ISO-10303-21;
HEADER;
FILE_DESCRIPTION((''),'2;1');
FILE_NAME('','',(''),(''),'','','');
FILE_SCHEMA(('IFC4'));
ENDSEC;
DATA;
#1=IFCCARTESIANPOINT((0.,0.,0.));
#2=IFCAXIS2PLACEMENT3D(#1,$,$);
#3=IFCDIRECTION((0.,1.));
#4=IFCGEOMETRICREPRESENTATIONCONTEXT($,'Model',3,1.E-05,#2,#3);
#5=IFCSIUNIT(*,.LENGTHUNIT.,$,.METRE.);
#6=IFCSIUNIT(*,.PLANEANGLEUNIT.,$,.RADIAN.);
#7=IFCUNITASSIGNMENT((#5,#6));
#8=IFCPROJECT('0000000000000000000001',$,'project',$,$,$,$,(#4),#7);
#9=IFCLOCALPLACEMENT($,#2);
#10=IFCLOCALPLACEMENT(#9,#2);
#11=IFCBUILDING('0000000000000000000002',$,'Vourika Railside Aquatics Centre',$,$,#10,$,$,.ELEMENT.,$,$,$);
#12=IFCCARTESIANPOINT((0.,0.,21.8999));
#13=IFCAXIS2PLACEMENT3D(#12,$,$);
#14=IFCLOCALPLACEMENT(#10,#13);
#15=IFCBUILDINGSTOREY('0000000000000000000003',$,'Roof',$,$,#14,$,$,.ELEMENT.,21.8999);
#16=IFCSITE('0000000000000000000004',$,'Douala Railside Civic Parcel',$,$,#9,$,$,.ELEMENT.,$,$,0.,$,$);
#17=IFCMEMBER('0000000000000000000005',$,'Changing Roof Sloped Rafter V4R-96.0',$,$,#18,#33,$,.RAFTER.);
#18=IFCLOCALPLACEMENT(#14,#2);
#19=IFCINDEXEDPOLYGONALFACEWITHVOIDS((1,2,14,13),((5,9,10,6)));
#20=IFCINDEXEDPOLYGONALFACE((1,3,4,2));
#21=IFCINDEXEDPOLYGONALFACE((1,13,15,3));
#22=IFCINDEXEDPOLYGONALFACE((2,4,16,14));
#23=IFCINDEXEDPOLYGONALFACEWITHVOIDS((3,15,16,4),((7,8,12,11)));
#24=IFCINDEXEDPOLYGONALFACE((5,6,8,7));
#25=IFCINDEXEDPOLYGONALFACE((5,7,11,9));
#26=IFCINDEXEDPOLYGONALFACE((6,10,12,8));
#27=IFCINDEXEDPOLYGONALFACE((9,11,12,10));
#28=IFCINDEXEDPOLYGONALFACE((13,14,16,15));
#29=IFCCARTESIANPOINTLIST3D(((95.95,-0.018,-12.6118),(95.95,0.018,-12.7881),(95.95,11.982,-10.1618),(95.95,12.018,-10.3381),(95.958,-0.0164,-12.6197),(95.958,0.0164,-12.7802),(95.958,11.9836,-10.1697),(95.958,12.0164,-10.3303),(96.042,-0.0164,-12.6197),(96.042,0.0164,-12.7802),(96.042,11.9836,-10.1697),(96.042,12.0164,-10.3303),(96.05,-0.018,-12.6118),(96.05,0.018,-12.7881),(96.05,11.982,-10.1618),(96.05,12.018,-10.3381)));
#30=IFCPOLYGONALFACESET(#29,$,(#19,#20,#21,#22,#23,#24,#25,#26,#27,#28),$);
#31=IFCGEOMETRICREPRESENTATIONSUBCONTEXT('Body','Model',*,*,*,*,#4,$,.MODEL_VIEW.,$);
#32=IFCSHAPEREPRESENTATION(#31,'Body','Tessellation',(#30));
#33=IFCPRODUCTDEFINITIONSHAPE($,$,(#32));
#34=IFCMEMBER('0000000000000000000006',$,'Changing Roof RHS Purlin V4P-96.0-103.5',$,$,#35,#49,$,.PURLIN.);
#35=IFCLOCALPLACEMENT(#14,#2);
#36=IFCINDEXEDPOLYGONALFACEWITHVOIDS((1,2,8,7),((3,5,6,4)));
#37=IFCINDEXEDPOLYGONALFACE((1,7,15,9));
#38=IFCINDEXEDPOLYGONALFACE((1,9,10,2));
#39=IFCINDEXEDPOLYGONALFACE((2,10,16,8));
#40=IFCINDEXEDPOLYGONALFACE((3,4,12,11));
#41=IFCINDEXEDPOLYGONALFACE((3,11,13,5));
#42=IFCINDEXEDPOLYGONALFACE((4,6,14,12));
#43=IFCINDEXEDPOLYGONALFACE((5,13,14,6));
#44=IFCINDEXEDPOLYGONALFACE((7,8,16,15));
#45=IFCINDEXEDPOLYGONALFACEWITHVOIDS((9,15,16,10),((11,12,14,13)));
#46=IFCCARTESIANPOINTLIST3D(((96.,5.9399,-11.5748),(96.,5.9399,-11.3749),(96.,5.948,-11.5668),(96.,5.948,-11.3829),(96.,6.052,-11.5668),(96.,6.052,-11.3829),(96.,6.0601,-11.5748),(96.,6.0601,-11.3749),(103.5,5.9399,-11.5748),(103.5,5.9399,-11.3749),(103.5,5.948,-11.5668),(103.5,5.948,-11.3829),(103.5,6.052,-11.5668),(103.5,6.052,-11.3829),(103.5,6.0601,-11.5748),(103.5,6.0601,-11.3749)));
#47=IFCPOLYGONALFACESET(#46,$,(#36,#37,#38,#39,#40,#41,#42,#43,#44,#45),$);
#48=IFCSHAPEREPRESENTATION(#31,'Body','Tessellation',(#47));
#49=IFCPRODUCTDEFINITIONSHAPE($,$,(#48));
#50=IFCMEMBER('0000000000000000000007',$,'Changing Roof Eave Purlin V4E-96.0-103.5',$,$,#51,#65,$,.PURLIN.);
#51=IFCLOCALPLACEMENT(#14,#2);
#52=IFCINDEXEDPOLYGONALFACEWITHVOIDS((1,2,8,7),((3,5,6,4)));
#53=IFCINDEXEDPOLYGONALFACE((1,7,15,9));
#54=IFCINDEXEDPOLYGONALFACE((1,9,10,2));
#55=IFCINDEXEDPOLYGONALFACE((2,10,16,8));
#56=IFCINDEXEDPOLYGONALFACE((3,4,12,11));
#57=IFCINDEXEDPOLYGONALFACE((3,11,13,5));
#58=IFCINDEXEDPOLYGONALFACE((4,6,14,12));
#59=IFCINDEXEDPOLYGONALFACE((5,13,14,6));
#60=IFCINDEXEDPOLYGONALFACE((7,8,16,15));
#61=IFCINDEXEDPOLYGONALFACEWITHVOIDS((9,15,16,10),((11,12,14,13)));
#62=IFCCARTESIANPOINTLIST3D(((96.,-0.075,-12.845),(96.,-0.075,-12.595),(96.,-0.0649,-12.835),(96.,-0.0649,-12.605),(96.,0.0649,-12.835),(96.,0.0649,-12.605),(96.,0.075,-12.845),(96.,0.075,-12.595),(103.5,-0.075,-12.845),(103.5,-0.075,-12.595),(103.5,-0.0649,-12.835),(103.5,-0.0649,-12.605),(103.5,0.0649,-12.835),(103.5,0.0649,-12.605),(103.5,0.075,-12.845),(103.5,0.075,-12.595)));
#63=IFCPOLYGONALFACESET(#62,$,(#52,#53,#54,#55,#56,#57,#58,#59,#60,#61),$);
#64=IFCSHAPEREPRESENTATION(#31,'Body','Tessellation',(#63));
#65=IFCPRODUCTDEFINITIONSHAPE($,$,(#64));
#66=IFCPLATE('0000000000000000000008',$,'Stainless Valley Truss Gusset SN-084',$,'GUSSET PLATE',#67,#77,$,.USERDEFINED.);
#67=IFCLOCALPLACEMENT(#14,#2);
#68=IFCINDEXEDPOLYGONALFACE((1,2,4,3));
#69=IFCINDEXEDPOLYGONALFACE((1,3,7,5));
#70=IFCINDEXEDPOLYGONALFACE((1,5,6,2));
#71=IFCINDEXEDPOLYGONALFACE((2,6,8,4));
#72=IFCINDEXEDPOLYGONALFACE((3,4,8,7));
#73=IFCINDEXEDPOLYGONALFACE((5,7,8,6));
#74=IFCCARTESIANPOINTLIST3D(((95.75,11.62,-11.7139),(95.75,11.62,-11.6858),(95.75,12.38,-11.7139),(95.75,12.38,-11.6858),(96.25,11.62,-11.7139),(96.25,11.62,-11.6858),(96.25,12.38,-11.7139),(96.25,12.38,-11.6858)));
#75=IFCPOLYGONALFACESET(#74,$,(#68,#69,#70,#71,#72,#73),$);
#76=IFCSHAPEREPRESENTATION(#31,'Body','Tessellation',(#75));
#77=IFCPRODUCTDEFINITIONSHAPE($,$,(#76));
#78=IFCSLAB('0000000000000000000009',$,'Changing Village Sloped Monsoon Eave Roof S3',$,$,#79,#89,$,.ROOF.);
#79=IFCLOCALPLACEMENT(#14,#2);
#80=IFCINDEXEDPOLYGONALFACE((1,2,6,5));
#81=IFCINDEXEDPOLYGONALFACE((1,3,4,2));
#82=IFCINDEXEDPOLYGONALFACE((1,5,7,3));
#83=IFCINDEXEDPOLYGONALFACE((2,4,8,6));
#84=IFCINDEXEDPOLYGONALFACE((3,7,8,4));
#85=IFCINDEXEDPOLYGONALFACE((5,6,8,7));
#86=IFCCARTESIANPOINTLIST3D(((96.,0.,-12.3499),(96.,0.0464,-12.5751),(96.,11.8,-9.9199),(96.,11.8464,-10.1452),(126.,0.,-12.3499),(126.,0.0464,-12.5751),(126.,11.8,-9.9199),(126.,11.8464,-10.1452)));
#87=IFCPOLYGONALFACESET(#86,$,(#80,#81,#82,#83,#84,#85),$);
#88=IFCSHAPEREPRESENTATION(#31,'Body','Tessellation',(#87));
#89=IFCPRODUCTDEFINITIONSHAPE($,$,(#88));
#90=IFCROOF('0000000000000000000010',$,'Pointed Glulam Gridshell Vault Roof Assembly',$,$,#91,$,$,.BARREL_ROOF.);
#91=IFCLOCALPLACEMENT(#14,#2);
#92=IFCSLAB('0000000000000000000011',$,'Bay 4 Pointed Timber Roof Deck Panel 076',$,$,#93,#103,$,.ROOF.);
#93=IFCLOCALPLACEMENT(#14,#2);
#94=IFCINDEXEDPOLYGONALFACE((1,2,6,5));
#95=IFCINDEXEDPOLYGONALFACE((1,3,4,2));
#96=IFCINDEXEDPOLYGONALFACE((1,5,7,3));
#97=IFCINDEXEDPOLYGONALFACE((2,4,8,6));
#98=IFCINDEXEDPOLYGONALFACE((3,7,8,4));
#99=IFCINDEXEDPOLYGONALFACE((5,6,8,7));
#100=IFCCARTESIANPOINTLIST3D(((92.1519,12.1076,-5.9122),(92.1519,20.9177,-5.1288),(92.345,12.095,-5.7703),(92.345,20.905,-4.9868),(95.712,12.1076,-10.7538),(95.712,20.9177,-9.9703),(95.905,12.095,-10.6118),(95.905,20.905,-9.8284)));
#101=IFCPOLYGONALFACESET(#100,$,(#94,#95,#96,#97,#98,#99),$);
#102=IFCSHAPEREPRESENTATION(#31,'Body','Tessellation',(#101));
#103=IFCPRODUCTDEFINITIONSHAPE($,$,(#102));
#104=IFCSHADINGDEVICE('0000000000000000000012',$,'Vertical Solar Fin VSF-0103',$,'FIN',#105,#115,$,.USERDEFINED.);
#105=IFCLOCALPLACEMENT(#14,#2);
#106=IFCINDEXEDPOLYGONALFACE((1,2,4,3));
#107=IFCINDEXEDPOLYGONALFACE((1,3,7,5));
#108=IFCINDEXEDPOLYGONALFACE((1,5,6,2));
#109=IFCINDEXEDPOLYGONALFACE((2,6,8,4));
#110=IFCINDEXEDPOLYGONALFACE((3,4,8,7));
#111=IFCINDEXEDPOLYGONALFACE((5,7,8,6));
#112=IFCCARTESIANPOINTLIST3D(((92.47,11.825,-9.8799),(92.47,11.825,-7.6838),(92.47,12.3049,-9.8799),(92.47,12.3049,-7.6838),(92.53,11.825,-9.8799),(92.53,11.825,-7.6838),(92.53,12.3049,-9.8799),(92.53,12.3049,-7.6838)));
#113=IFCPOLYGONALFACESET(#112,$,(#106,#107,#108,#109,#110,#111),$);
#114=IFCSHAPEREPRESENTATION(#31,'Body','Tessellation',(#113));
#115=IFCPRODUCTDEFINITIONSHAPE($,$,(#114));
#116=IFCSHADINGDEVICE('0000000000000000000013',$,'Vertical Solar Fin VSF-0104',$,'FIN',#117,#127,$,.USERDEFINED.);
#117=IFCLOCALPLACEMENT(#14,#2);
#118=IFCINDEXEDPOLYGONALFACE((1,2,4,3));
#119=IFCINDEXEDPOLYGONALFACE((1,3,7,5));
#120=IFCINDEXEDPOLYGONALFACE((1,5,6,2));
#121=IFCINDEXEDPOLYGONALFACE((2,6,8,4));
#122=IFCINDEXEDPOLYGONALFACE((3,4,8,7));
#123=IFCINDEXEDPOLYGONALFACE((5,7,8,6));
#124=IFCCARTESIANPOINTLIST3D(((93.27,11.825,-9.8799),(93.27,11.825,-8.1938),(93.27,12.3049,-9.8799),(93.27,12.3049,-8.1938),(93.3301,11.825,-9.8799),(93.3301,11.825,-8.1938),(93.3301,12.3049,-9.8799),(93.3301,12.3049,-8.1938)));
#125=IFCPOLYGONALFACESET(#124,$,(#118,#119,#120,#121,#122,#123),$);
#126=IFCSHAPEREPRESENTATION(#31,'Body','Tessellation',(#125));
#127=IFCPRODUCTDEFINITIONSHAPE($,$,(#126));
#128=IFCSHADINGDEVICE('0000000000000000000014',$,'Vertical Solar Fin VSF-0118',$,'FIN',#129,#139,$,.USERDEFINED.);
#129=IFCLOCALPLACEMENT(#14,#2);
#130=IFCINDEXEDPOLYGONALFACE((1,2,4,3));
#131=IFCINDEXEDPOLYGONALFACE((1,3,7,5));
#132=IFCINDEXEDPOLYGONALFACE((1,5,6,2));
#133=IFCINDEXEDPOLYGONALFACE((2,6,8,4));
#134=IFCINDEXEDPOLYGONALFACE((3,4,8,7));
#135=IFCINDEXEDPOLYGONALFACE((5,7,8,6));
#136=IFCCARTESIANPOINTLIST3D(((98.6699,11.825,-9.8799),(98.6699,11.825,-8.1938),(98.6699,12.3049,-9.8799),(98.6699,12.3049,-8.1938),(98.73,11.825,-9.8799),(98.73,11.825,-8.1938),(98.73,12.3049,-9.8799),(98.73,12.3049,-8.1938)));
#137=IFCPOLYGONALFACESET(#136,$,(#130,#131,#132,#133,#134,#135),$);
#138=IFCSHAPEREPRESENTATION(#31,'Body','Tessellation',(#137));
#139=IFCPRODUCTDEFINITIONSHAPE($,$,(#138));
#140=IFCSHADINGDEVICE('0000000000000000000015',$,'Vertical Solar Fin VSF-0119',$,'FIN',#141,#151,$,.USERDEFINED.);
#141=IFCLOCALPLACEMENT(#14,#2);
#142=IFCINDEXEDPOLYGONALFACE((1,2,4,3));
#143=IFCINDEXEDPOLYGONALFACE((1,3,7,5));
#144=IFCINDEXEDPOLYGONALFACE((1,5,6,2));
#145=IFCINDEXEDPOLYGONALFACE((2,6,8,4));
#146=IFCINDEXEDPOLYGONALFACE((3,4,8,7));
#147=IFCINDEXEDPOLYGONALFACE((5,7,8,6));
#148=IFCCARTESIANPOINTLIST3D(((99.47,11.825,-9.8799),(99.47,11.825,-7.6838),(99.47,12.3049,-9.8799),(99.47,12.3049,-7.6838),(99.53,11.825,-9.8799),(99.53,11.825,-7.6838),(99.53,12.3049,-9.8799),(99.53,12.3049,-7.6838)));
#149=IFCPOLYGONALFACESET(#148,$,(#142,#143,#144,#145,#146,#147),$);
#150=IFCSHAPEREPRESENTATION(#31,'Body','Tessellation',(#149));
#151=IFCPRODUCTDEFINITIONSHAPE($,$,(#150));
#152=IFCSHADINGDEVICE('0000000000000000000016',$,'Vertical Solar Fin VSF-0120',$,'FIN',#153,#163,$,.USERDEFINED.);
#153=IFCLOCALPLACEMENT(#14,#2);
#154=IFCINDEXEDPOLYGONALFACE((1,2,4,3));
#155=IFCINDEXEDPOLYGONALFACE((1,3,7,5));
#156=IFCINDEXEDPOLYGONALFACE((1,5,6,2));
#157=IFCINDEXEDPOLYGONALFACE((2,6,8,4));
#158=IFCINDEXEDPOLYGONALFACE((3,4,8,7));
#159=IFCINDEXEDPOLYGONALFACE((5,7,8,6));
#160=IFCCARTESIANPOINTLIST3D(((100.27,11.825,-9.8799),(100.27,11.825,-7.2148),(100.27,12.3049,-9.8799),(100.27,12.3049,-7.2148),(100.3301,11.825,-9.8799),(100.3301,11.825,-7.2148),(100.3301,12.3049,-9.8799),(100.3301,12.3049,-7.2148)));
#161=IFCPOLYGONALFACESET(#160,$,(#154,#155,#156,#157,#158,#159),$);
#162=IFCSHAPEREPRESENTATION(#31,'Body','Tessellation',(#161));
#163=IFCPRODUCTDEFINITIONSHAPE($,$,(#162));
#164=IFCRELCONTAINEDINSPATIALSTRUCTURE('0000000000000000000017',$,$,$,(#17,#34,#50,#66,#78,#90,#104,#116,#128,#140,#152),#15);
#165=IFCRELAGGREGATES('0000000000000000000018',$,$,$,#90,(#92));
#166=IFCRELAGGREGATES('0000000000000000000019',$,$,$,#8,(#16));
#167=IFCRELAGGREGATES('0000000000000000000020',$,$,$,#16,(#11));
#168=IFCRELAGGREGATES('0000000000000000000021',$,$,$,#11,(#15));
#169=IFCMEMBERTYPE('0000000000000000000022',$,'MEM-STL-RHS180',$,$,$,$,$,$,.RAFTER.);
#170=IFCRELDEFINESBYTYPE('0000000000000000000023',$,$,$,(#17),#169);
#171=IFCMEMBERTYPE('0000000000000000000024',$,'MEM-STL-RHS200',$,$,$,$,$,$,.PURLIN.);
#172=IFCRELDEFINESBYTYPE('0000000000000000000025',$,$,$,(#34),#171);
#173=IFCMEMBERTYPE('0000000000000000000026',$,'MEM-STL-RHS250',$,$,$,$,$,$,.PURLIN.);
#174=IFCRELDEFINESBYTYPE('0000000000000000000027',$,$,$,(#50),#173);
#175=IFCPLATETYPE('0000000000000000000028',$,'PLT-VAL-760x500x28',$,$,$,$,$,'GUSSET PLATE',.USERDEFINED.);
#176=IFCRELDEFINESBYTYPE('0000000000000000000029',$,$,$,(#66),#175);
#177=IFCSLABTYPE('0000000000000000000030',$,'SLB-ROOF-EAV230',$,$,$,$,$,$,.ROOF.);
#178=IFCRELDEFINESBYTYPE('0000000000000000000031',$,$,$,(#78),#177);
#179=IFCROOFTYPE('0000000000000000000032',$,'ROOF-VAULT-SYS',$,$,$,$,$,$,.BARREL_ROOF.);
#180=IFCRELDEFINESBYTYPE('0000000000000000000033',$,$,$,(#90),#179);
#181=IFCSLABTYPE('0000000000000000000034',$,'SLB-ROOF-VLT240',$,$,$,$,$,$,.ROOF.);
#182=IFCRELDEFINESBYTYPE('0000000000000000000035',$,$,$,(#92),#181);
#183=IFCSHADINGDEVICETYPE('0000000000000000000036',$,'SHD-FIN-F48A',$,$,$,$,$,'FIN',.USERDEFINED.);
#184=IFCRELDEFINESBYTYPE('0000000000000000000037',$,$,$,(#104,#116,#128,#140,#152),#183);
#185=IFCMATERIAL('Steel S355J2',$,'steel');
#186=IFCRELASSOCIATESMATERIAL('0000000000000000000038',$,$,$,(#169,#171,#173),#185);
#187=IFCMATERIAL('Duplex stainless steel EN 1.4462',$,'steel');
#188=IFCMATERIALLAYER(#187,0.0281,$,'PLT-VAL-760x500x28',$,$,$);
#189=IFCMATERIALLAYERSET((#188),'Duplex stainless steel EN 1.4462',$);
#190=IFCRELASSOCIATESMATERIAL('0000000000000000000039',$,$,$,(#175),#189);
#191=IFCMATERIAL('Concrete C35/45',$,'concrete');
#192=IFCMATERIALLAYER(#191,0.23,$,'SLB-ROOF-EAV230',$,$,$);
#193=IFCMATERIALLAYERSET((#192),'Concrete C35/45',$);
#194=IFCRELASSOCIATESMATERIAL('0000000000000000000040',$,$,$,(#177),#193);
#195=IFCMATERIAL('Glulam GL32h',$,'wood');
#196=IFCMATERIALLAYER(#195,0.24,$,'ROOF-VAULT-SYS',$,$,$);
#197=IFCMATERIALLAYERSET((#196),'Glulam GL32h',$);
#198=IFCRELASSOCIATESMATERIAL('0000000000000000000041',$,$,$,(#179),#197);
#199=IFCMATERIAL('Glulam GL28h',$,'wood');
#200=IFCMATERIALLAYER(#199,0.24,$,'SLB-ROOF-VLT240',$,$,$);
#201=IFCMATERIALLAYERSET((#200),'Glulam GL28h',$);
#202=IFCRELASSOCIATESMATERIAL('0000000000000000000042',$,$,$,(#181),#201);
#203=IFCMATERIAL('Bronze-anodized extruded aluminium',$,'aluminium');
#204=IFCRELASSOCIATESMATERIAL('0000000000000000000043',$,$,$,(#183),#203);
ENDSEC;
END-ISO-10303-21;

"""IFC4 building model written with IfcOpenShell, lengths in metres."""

from ifc_helpers import new_model, si_unit, direction, frame, origin, origin_2d, place, context, subcontext, project, spatial, polyline, rectangle, hollow_rectangle, outline, extrude, material, layer, layer_set, material_profile, profile_set, type_object, element, aggregate, save


model = new_model("IFC4")

# Units and contexts
model_context = context("Model", 3, precision=1e-05, world=origin(), true_north=direction((0.0, 1.0)))
body_context = subcontext(model_context, "Body", "Model", "MODEL_VIEW")
ifc_project = project(units=[si_unit("LENGTHUNIT", "METRE"), si_unit("PLANEANGLEUNIT", "RADIAN")], contexts=[model_context])

# Site, building, storey
site_placement = place(None, origin())
site = spatial("IfcSite", under=ifc_project, at=site_placement, Name="Douala Railside Civic Parcel", CompositionType="ELEMENT", RefElevation=0.0)
building_placement = place(site_placement, origin())
building = spatial("IfcBuilding", under=site, at=building_placement, Name="Vourika Railside Aquatics Centre", CompositionType="ELEMENT")
storey_placement = place(building_placement, frame((0.0, 0.0, 21.8999)))
storey = spatial("IfcBuildingStorey", under=building, at=storey_placement, Name="Roof", CompositionType="ELEMENT", Elevation=21.8999)

# Shared definitions
ifc_material_1 = material(Name="Steel S355J2", Category="steel")

# Shared definitions
ifc_material_2 = material(Name="Glulam GL32h", Category="wood")

# Members
ifc_material_3 = material(Name="Glulam GL28h", Category="wood")
ifc_material_profile_1 = material_profile(ifc_material_1, hollow_rectangle(XDim=0.1001, YDim=0.1799, WallThickness=0.0081, at=origin_2d()), Name="RHS 180x100x8")
ifc_profile_set_1 = profile_set([ifc_material_profile_1], Name="Steel S355J2")
member_type_1 = type_object("IfcMemberType", Name="MEM-STL-RHS180", PredefinedType="RAFTER", material=ifc_profile_set_1)
member_1_placement = place(storey_placement, frame((96.0, 0.0, -12.7), z_axis=(0.0, 0.979789, 0.200036), x_axis=(-1.0, 0.0, 0.0)))
element("IfcMember", 1, at=member_1_placement, inside=storey, type_object=member_type_1, Name="Changing Roof Sloped Rafter V4R-96.0", PredefinedType="RAFTER", context=body_context, shape_type="SweptSolid", body=[
    extrude(hollow_rectangle(XDim=0.1001, YDim=0.1799, WallThickness=0.0081, at=origin_2d()), origin(), (0.0, 0.0, 1.0), 12.2476),
])
ifc_material_profile_2 = material_profile(ifc_material_1, hollow_rectangle(XDim=0.1201, YDim=0.2, WallThickness=0.0081, at=origin_2d()), Name="RHS 200x120x8")
ifc_profile_set_2 = profile_set([ifc_material_profile_2], Name="Steel S355J2")
member_type_2 = type_object("IfcMemberType", Name="MEM-STL-RHS200", PredefinedType="PURLIN", material=ifc_profile_set_2)
member_2_placement = place(storey_placement, frame((96.0, 6.0, -11.4749), z_axis=(1.0, 0.0, 0.0), x_axis=(0.0, 1.0, 0.0)))
element("IfcMember", 2, at=member_2_placement, inside=storey, type_object=member_type_2, Name="Changing Roof RHS Purlin V4P-96.0-103.5", PredefinedType="PURLIN", context=body_context, shape_type="SweptSolid", body=[
    extrude(hollow_rectangle(XDim=0.1201, YDim=0.2, WallThickness=0.0081, at=origin_2d()), origin(), (0.0, 0.0, 1.0), 7.5),
])
ifc_material_profile_3 = material_profile(ifc_material_1, hollow_rectangle(XDim=0.1499, YDim=0.25, WallThickness=0.01, at=origin_2d()), Name="RHS 250x150x10")
ifc_profile_set_3 = profile_set([ifc_material_profile_3], Name="Steel S355J2")
member_type_3 = type_object("IfcMemberType", Name="MEM-STL-RHS250", PredefinedType="PURLIN", material=ifc_profile_set_3)
member_3_placement = place(storey_placement, frame((96.0, 0.0, -12.72), z_axis=(1.0, 0.0, 0.0), x_axis=(0.0, 1.0, 0.0)))
element("IfcMember", 3, at=member_3_placement, inside=storey, type_object=member_type_3, Name="Changing Roof Eave Purlin V4E-96.0-103.5", PredefinedType="PURLIN", context=body_context, shape_type="SweptSolid", body=[
    extrude(hollow_rectangle(XDim=0.1499, YDim=0.25, WallThickness=0.01, at=origin_2d()), origin(), (0.0, 0.0, 1.0), 7.5),
])

# Plate
ifc_material_4 = material(Name="Duplex stainless steel EN 1.4462", Category="steel")
ifc_layer_1 = layer(ifc_material_4, 0.0281, Name="PLT-VAL-760x500x28")
ifc_layer_set_1 = layer_set([ifc_layer_1], Name="Duplex stainless steel EN 1.4462")
plate_type = type_object("IfcPlateType", Name="PLT-VAL-760x500x28", ElementType="GUSSET PLATE", PredefinedType="USERDEFINED", material=ifc_layer_set_1)
plate_placement = place(storey_placement, frame((96.0, 12.0, -11.7139), z_axis=(0.0, 0.0, 1.0), x_axis=(0.0, 1.0, 0.0)))
element("IfcPlate", 4, at=plate_placement, inside=storey, type_object=plate_type, Name="Stainless Valley Truss Gusset SN-084", ObjectType="GUSSET PLATE", PredefinedType="USERDEFINED", context=body_context, shape_type="SweptSolid", body=[
    extrude(rectangle(XDim=0.76, YDim=0.5, at=origin_2d()), origin(), (0.0, 0.0, 1.0), 0.0281),
])

# Slab
ifc_material_5 = material(Name="Concrete C35/45", Category="concrete")
ifc_layer_2 = layer(ifc_material_5, 0.23, Name="SLB-ROOF-EAV230")
ifc_layer_set_2 = layer_set([ifc_layer_2], Name="Concrete C35/45")
slab_type_1 = type_object("IfcSlabType", Name="SLB-ROOF-EAV230", PredefinedType="ROOF", material=ifc_layer_set_2)
slab_1_placement = place(storey_placement, frame((96.0, 0.0, -12.3499), z_axis=(0.0, -0.201694, 0.979449), x_axis=(1.0, 0.0, 0.0)))
element("IfcSlab", 5, at=slab_1_placement, inside=storey, type_object=slab_type_1, Name="Changing Village Sloped Monsoon Eave Roof S3", PredefinedType="ROOF", context=body_context, shape_type="SweptSolid", body=[
    extrude(outline(polyline([(0.0, 0.0), (30.0, 0.0), (30.0, 12.0476), (0.0, 12.0476), (0.0, 0.0)])), origin(), (0.0, 0.0, -1.0), 0.23),
])

# Roof, slab
ifc_layer_3 = layer(ifc_material_2, 0.24, Name="ROOF-VAULT-SYS")
ifc_layer_set_3 = layer_set([ifc_layer_3], Name="Glulam GL32h")
roof_type = type_object("IfcRoofType", Name="ROOF-VAULT-SYS", PredefinedType="BARREL_ROOF", material=ifc_layer_set_3)
roof_placement = place(storey_placement, origin())
roof = element("IfcRoof", 6, at=roof_placement, inside=storey, type_object=roof_type, Name="Pointed Glulam Gridshell Vault Roof Assembly", PredefinedType="BARREL_ROOF")
ifc_layer_4 = layer(ifc_material_3, 0.24, Name="SLB-ROOF-VLT240")
ifc_layer_set_4 = layer_set([ifc_layer_4], Name="Glulam GL28h")
slab_type_2 = type_object("IfcSlabType", Name="SLB-ROOF-VLT240", PredefinedType="ROOF", material=ifc_layer_set_4)
slab_2_placement = place(storey_placement, frame((92.345, 12.095, -5.7703), z_axis=(0.804528, -0.052607, 0.59158), x_axis=(0.592401, 0.0, -0.805644)))
slab_2 = element("IfcSlab", 7, at=slab_2_placement, type_object=slab_type_2, Name="Bay 4 Pointed Timber Roof Deck Panel 076", PredefinedType="ROOF", context=body_context, shape_type="SweptSolid", body=[
    extrude(outline(polyline([(0.0, 0.0), (6.0095, 0.0), (5.3784, 8.8223), (-0.6312, 8.8223), (0.0, 0.0)])), origin(), (0.0, 0.0, -1.0), 0.24),
])
aggregate(roof, [slab_2])

# Shading devices
ifc_material_6 = material(Name="Bronze-anodized extruded aluminium", Category="aluminium")
ifc_material_profile_4 = material_profile(ifc_material_6, rectangle(XDim=0.0601, YDim=0.48, at=origin_2d()), Name="ALU-FIN 60x480")
ifc_profile_set_4 = profile_set([ifc_material_profile_4], Name="Bronze-anodized extruded aluminium")
shading_device_type = type_object("IfcShadingDeviceType", Name="SHD-FIN-F48A", ElementType="FIN", PredefinedType="USERDEFINED", material=ifc_profile_set_4)
shading_device_1_placement = place(storey_placement, frame((92.5, 12.0649, -9.8799), z_axis=(0.0, 0.0, 1.0), x_axis=(-1.0, 0.0, 0.0)))
element("IfcShadingDevice", 8, at=shading_device_1_placement, inside=storey, type_object=shading_device_type, Name="Vertical Solar Fin VSF-0103", ObjectType="FIN", PredefinedType="USERDEFINED", context=body_context, shape_type="SweptSolid", body=[
    extrude(rectangle(XDim=0.0601, YDim=0.48, at=origin_2d()), origin(), (0.0, 0.0, 1.0), 2.196),
])
for number, where, z_axis, x_axis, name in (
    (9, (93.3, 12.0649, -9.8799), (0.0, 0.0, 1.0), (-1.0, 0.0, 0.0), "Vertical Solar Fin VSF-0104"),
    (10, (98.7, 12.0649, -9.8799), (0.0, 0.0, 1.0), (-1.0, 0.0, 0.0), "Vertical Solar Fin VSF-0118"),
):
    element("IfcShadingDevice", number, at=place(storey_placement, frame(where, z_axis=z_axis, x_axis=x_axis)), inside=storey, type_object=shading_device_type, Name=name, ObjectType="FIN", PredefinedType="USERDEFINED", context=body_context, shape_type="SweptSolid", body=[
        extrude(rectangle(XDim=0.0601, YDim=0.48, at=origin_2d()), origin(), (0.0, 0.0, 1.0), 1.686),
    ])
shading_device_2_placement = place(storey_placement, frame((99.5, 12.0649, -9.8799), z_axis=(0.0, 0.0, 1.0), x_axis=(-1.0, 0.0, 0.0)))
element("IfcShadingDevice", 11, at=shading_device_2_placement, inside=storey, type_object=shading_device_type, Name="Vertical Solar Fin VSF-0119", ObjectType="FIN", PredefinedType="USERDEFINED", context=body_context, shape_type="SweptSolid", body=[
    extrude(rectangle(XDim=0.0601, YDim=0.48, at=origin_2d()), origin(), (0.0, 0.0, 1.0), 2.196),
])
shading_device_3_placement = place(storey_placement, frame((100.3, 12.0649, -9.8799), z_axis=(0.0, 0.0, 1.0), x_axis=(-1.0, 0.0, 0.0)))
element("IfcShadingDevice", 12, at=shading_device_3_placement, inside=storey, type_object=shading_device_type, Name="Vertical Solar Fin VSF-0120", ObjectType="FIN", PredefinedType="USERDEFINED", context=body_context, shape_type="SweptSolid", body=[
    extrude(rectangle(XDim=0.0601, YDim=0.48, at=origin_2d()), origin(), (0.0, 0.0, 1.0), 2.665),
])

save(model, "model.ifc")
